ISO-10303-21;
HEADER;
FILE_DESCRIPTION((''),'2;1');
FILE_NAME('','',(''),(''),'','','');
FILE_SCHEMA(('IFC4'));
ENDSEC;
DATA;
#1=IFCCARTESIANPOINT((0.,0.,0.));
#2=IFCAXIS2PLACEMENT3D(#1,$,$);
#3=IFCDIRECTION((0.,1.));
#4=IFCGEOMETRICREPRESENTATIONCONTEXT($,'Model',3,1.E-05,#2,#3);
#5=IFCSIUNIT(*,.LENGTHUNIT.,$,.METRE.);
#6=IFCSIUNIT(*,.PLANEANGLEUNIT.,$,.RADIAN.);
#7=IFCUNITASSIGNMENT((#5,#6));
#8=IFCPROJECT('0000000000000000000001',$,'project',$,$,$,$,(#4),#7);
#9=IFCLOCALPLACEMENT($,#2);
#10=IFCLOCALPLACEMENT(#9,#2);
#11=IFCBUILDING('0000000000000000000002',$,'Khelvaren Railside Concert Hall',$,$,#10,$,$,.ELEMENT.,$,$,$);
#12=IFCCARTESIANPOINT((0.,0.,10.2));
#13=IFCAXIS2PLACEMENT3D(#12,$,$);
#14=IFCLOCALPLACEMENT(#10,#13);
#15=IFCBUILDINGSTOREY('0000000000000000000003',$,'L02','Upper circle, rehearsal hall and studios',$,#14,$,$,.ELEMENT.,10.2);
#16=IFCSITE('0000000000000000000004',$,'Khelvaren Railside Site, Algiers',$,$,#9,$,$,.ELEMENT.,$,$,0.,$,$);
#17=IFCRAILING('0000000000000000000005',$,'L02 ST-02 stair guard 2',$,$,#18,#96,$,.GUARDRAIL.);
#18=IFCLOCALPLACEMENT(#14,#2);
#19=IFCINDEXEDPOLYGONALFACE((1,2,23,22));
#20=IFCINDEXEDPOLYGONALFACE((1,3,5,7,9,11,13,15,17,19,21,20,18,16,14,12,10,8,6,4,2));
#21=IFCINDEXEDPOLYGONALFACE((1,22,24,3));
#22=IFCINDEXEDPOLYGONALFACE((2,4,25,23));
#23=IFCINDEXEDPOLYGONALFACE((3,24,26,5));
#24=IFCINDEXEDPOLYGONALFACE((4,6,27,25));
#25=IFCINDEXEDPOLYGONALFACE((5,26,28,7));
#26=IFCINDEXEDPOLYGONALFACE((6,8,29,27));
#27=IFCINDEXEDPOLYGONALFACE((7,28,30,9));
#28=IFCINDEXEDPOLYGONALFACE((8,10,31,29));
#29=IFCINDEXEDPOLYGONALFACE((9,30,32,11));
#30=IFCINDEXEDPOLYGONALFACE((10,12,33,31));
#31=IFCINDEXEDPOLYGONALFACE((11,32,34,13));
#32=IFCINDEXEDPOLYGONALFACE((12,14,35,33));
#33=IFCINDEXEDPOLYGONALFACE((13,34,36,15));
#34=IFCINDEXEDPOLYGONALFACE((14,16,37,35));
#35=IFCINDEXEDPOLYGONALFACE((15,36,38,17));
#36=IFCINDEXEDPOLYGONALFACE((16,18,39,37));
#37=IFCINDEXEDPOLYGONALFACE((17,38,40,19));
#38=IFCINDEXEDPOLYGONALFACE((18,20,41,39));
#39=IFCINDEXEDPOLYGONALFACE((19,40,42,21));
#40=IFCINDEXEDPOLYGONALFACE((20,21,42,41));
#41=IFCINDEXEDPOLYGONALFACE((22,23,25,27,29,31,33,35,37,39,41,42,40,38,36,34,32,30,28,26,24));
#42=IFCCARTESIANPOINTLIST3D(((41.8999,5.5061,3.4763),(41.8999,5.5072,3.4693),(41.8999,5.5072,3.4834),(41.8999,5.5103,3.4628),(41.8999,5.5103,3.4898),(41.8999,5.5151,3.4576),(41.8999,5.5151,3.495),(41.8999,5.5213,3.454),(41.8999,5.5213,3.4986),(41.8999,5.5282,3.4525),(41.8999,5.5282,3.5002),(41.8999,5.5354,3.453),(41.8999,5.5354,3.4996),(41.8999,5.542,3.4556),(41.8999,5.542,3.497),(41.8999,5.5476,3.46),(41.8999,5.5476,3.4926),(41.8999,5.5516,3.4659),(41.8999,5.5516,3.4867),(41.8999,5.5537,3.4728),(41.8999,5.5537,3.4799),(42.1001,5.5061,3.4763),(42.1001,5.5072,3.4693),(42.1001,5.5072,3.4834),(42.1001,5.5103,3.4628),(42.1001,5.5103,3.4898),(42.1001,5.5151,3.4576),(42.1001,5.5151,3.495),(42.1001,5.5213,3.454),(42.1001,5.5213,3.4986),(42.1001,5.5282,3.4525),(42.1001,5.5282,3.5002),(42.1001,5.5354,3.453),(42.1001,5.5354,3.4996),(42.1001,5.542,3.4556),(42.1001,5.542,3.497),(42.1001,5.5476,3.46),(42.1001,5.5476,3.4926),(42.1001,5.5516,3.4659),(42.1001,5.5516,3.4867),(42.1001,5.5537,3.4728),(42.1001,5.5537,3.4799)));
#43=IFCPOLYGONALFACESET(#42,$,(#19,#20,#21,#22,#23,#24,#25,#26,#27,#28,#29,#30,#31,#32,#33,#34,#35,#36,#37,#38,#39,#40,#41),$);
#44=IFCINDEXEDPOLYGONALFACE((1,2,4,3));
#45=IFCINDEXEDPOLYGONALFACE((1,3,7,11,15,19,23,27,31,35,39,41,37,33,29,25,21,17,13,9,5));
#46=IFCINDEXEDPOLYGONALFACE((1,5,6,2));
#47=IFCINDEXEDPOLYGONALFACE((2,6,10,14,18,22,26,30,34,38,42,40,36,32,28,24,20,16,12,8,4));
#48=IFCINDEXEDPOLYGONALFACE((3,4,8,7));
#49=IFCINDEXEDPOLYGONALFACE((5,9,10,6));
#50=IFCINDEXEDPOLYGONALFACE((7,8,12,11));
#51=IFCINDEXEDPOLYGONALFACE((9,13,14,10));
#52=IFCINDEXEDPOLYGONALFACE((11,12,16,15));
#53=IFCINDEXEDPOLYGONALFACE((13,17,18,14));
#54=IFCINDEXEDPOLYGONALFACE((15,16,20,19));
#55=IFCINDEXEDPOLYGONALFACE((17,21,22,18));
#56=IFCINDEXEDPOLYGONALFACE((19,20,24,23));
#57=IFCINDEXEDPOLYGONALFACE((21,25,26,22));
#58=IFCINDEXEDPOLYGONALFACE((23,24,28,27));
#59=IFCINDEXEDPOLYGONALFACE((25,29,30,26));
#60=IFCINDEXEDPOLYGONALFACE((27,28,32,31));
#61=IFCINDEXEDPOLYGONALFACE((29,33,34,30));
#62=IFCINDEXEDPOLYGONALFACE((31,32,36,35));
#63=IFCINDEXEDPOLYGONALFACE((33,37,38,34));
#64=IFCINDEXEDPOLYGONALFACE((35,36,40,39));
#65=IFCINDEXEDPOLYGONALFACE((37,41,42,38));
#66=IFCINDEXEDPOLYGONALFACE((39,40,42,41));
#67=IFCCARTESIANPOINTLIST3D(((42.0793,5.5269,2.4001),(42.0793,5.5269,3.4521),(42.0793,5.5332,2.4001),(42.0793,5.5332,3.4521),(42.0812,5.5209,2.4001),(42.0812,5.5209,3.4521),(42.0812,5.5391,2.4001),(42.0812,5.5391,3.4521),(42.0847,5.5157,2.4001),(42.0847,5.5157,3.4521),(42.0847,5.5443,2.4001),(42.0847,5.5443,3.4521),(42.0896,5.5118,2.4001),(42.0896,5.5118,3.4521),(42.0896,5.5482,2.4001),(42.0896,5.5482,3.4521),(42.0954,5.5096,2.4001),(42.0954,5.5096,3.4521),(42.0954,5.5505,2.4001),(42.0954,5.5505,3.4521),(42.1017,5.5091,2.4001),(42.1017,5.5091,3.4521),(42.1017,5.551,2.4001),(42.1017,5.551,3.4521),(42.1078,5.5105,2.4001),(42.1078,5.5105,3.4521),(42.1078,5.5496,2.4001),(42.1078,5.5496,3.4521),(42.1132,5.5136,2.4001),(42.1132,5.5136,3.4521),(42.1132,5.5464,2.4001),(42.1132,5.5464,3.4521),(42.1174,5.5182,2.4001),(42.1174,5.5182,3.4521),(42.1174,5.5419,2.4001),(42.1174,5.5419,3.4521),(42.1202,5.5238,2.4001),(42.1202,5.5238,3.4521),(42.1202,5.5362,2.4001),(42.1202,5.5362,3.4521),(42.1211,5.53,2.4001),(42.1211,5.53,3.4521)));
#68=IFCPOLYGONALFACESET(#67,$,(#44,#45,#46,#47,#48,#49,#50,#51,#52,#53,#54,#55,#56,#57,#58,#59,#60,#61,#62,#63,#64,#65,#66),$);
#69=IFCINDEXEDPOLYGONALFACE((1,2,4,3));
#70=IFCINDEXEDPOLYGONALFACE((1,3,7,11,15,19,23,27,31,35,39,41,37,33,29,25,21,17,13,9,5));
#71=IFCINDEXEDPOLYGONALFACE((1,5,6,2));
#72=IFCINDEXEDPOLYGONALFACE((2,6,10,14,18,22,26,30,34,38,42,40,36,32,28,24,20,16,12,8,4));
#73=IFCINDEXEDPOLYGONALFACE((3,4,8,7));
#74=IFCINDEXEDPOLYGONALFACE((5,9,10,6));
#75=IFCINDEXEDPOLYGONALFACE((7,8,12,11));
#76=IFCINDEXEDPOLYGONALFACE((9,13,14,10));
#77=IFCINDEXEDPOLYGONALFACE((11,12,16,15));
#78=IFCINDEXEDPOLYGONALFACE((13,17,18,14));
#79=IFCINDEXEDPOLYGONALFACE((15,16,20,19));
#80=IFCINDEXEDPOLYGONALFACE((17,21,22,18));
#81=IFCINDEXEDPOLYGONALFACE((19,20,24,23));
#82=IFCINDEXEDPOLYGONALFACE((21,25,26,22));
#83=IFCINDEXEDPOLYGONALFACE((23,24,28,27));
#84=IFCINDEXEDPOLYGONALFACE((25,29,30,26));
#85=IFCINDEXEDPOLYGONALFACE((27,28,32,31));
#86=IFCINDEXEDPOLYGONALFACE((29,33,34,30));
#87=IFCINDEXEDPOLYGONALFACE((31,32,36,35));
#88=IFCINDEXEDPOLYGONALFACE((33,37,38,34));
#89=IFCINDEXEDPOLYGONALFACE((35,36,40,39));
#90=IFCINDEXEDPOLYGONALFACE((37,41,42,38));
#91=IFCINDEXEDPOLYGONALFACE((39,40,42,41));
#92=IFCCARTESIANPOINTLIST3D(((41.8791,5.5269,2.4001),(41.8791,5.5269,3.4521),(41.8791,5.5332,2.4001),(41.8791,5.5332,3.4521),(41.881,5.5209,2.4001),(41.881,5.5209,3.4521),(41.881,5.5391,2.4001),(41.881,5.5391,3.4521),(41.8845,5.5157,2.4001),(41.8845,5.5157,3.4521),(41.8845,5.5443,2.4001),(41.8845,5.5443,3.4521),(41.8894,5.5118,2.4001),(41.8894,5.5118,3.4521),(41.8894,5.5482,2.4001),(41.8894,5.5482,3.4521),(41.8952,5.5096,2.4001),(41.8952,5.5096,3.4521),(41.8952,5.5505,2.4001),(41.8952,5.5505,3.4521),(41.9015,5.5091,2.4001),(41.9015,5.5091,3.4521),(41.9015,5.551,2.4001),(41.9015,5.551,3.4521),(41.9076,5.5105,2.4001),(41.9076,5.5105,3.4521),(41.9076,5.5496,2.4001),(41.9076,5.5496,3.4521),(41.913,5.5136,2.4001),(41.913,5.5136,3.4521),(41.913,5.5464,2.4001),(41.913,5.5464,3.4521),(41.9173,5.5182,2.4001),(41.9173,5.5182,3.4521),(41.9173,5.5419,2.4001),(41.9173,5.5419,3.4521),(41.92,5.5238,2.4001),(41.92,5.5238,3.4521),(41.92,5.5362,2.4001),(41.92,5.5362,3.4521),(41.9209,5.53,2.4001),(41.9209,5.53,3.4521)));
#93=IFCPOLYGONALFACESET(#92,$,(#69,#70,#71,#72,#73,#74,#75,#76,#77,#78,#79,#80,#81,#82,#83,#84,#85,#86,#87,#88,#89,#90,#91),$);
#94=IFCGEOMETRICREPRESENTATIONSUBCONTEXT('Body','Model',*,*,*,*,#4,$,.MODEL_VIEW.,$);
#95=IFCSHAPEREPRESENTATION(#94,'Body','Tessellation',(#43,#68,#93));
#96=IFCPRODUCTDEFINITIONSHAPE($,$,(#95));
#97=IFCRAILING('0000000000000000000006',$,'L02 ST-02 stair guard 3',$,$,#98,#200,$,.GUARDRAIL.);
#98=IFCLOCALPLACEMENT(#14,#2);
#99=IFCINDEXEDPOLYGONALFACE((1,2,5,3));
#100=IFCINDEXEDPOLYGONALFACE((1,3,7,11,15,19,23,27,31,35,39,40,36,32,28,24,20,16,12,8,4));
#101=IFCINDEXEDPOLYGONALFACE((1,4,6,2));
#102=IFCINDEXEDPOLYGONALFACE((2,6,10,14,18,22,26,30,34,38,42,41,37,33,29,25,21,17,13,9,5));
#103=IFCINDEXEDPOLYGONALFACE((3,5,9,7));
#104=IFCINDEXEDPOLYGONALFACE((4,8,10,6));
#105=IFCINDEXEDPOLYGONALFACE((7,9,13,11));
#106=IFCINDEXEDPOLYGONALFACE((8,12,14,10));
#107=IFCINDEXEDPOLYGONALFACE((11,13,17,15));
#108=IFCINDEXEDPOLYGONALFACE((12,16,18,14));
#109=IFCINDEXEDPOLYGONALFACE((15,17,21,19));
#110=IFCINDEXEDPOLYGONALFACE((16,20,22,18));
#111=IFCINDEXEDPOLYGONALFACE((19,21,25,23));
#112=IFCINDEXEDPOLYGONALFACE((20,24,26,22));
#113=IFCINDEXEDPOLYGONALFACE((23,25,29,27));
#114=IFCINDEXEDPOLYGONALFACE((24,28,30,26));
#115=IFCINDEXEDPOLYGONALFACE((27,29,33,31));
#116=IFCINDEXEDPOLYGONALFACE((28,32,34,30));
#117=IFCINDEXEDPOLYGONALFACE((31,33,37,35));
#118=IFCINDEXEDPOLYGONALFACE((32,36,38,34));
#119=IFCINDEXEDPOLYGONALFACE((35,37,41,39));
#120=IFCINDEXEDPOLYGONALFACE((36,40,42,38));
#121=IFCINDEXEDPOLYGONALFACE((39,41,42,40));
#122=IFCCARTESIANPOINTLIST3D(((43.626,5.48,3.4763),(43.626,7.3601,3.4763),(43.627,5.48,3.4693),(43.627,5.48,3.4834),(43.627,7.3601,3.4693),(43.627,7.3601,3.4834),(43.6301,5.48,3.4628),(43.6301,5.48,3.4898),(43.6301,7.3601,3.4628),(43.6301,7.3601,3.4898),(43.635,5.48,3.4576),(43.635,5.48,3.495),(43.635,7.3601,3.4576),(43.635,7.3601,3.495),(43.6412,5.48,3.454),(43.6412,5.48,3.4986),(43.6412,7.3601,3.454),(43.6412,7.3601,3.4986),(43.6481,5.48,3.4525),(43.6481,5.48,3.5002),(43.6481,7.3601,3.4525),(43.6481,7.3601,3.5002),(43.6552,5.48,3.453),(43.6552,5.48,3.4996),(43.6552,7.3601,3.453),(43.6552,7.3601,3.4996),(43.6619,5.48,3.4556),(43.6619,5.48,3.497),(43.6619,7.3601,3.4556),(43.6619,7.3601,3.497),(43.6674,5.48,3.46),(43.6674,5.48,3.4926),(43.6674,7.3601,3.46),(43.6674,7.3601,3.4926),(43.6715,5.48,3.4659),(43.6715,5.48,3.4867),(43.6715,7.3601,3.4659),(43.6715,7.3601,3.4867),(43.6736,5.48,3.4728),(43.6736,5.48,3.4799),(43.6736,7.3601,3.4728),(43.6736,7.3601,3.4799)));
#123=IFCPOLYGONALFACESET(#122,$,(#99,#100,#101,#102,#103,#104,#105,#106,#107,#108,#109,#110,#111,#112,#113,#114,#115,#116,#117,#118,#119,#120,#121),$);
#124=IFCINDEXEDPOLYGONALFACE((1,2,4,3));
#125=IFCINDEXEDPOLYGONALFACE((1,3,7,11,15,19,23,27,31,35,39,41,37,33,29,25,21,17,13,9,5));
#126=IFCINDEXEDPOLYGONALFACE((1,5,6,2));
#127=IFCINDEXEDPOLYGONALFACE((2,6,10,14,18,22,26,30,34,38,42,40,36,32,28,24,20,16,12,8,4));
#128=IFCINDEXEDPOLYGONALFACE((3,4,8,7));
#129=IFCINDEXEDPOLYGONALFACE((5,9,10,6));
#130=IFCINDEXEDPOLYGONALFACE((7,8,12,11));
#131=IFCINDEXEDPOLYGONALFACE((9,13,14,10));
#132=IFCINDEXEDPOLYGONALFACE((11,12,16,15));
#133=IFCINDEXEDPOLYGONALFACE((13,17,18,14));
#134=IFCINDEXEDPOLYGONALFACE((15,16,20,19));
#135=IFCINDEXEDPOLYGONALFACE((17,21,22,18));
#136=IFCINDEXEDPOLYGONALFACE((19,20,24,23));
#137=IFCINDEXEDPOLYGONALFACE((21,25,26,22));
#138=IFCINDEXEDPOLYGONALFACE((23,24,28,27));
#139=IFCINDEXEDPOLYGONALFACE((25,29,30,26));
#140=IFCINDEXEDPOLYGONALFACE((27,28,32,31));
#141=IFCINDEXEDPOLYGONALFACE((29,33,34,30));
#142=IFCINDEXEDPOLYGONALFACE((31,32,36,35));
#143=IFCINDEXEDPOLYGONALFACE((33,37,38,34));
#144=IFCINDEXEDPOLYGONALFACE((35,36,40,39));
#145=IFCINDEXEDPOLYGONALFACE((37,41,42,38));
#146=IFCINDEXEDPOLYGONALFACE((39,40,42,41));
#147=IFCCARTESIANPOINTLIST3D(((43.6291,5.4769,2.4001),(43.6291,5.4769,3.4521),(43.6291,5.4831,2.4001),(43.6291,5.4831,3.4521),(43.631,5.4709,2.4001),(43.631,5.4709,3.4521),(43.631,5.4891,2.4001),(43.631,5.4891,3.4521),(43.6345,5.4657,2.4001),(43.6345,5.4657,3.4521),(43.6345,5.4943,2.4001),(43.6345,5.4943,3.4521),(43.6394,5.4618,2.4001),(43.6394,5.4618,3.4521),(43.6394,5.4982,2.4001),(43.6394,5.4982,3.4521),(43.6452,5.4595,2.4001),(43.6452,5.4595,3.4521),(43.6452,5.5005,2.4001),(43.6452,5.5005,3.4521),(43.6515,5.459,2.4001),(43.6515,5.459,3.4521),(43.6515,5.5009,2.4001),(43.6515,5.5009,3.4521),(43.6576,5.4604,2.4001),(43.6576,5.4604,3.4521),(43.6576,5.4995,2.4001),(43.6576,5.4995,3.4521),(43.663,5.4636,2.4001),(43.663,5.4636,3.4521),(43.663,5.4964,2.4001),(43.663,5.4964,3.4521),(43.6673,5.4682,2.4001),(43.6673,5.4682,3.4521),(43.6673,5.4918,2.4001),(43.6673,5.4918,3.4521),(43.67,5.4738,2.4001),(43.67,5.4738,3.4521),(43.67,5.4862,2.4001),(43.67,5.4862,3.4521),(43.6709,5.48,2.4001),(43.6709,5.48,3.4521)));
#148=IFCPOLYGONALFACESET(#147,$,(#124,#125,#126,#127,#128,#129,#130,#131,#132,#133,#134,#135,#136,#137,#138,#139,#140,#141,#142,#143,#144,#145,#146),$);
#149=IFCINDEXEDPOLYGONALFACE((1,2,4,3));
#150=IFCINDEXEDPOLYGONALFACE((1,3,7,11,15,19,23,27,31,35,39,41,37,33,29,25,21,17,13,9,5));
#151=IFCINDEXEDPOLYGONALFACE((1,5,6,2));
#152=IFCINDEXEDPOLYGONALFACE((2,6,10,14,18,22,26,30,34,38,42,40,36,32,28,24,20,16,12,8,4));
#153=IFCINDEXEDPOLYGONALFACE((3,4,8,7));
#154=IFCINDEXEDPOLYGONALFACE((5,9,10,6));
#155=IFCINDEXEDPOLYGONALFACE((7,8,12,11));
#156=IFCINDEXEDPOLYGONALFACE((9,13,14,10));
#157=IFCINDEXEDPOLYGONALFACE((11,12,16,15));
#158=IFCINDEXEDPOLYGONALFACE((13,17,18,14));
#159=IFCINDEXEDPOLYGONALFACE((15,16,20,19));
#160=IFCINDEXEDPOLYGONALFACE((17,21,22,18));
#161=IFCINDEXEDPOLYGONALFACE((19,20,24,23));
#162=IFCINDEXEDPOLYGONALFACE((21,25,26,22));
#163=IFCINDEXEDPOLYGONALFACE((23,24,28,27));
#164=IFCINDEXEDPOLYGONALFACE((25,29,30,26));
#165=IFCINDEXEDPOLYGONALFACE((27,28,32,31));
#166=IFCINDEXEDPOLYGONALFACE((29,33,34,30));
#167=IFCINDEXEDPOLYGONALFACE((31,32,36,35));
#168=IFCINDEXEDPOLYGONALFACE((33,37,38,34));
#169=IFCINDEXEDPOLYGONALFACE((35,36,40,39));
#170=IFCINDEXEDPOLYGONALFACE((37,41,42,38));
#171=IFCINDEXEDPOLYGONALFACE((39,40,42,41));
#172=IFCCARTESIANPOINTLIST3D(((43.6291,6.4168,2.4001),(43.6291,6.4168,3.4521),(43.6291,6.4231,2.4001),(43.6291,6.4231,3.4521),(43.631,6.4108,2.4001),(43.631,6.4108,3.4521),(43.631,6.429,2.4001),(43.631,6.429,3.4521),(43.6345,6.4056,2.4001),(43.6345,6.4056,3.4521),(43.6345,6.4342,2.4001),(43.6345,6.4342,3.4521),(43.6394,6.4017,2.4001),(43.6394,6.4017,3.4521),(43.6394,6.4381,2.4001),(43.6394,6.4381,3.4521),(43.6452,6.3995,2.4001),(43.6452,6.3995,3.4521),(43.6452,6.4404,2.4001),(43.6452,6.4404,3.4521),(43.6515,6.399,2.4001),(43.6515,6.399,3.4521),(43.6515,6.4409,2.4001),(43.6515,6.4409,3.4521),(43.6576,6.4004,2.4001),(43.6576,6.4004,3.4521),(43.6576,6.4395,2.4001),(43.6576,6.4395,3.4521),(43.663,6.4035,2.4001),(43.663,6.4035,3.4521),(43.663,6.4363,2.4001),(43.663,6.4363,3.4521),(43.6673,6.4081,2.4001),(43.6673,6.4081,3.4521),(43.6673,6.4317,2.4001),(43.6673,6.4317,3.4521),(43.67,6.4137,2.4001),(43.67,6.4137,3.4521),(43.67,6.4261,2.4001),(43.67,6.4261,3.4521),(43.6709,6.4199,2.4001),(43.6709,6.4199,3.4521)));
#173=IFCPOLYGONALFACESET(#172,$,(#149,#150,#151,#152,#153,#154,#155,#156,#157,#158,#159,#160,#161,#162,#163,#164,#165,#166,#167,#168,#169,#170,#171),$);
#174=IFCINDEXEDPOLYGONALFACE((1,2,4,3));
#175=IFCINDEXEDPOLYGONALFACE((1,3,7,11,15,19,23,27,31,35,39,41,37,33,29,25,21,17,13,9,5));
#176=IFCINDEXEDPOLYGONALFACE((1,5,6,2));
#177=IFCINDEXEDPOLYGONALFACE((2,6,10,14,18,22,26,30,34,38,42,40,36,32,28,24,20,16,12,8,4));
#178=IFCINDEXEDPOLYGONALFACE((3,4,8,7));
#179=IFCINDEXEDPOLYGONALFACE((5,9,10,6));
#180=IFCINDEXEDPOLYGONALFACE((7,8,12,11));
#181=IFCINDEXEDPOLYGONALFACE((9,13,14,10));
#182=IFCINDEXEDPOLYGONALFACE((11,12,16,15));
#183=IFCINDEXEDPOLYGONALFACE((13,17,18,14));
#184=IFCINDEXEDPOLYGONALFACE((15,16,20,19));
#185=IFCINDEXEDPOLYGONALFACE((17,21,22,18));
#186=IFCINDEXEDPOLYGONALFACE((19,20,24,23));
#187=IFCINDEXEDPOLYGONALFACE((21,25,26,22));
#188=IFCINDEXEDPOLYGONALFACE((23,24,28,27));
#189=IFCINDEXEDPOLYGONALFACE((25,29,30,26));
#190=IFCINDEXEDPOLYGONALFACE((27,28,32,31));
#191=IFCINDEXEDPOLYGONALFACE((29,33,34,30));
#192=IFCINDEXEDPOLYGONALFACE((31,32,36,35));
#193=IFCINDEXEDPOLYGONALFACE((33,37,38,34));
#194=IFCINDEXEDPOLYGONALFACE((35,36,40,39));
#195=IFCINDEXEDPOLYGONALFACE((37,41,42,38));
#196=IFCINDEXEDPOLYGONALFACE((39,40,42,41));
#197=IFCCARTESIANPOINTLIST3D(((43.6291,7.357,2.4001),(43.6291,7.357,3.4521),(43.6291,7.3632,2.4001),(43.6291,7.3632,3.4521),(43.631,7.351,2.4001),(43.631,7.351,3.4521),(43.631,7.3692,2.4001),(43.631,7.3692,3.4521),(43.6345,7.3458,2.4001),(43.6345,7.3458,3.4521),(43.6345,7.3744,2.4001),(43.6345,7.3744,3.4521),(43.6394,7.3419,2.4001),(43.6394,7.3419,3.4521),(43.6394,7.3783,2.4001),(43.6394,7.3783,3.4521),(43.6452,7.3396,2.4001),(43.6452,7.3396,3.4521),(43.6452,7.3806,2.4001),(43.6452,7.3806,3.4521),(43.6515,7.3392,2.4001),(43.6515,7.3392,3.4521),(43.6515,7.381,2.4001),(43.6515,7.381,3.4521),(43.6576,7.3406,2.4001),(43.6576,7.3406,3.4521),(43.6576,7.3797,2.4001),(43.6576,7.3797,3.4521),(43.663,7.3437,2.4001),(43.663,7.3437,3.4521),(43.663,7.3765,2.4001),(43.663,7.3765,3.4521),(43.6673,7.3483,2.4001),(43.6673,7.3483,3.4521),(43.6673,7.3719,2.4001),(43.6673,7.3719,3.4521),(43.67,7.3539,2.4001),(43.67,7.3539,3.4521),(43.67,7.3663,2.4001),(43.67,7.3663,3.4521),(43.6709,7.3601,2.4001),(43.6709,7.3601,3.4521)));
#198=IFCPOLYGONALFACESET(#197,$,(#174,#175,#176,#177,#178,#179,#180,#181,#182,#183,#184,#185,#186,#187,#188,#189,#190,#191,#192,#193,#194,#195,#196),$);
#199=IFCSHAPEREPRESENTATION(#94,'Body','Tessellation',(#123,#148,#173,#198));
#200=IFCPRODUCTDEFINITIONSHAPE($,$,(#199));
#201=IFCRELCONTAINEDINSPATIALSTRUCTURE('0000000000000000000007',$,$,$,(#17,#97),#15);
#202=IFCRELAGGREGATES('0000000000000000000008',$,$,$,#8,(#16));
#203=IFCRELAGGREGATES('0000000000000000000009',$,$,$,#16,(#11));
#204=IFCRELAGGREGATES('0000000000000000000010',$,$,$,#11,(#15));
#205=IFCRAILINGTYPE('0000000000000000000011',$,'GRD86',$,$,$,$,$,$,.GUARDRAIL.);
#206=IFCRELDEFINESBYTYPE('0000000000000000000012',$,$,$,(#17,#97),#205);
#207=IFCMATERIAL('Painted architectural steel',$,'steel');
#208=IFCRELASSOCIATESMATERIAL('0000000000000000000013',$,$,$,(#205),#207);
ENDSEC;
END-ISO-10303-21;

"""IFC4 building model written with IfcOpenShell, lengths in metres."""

from ifc_helpers import new_model, si_unit, direction, frame, origin, origin_2d, place, context, subcontext, project, spatial, circle, extrude, material, type_object, element, save


model = new_model("IFC4")

# Units and contexts
model_context = context("Model", 3, precision=1e-05, world=origin(), true_north=direction((0.0, 1.0)))
body_context = subcontext(model_context, "Body", "Model", "MODEL_VIEW")
ifc_project = project(units=[si_unit("LENGTHUNIT", "METRE"), si_unit("PLANEANGLEUNIT", "RADIAN")], contexts=[model_context])

# Site, building, storey
site_placement = place(None, origin())
site = spatial("IfcSite", under=ifc_project, at=site_placement, Name="Khelvaren Railside Site, Algiers", CompositionType="ELEMENT", RefElevation=0.0)
building_placement = place(site_placement, origin())
building = spatial("IfcBuilding", under=site, at=building_placement, Name="Khelvaren Railside Concert Hall", CompositionType="ELEMENT")
storey_placement = place(building_placement, frame((0.0, 0.0, 10.2)))
storey = spatial("IfcBuildingStorey", under=building, at=storey_placement, Name="L02", Description="Upper circle, rehearsal hall and studios", CompositionType="ELEMENT", Elevation=10.2)

# Railings
ifc_material_1 = material(Name="Painted architectural steel", Category="steel")
railing_type_1 = type_object("IfcRailingType", Name="GRD86", PredefinedType="GUARDRAIL", material=ifc_material_1)
railing_1_placement = place(storey_placement, frame((42.1001, 5.53, 2.4001)))
element("IfcRailing", 1, at=railing_1_placement, inside=storey, type_object=railing_type_1, Name="L02 ST-02 stair guard 2", PredefinedType="GUARDRAIL", context=body_context, shape_type="SweptSolid", body=[
    extrude(circle(Radius=0.0239, at=origin_2d()), frame((0.0, 0.0, 1.0762), z_axis=(-1.0, 0.0, 0.0), x_axis=(0.0, -1.0, 0.0)), (0.0, 0.0, 1.0), 0.2002),
    extrude(circle(Radius=0.021, at=origin_2d()), origin(), (0.0, 0.0, 1.0), 1.052),
    extrude(circle(Radius=0.021, at=origin_2d()), frame((-0.2002, 0.0, 0.0)), (0.0, 0.0, 1.0), 1.052),
])
for number, where, name in (
    (2, (43.6499, 5.48, 2.4001), "L02 ST-02 stair guard 3"),
):
    element("IfcRailing", number, at=place(storey_placement, frame(where)), inside=storey, type_object=railing_type_1, Name=name, PredefinedType="GUARDRAIL", context=body_context, shape_type="SweptSolid", body=[
        extrude(circle(Radius=0.0239, at=origin_2d()), frame((0.0, 0.0, 1.0762), z_axis=(0.0, 1.0, 0.0), x_axis=(-1.0, 0.0, 0.0)), (0.0, 0.0, 1.0), 1.8801),
        extrude(circle(Radius=0.021, at=origin_2d()), origin(), (0.0, 0.0, 1.0), 1.052),
        extrude(circle(Radius=0.021, at=origin_2d()), frame((0.0, 0.9399, 0.0)), (0.0, 0.0, 1.0), 1.052),
        extrude(circle(Radius=0.021, at=origin_2d()), frame((0.0, 1.8801, 0.0)), (0.0, 0.0, 1.0), 1.052),
    ])

save(model, "model.ifc")
